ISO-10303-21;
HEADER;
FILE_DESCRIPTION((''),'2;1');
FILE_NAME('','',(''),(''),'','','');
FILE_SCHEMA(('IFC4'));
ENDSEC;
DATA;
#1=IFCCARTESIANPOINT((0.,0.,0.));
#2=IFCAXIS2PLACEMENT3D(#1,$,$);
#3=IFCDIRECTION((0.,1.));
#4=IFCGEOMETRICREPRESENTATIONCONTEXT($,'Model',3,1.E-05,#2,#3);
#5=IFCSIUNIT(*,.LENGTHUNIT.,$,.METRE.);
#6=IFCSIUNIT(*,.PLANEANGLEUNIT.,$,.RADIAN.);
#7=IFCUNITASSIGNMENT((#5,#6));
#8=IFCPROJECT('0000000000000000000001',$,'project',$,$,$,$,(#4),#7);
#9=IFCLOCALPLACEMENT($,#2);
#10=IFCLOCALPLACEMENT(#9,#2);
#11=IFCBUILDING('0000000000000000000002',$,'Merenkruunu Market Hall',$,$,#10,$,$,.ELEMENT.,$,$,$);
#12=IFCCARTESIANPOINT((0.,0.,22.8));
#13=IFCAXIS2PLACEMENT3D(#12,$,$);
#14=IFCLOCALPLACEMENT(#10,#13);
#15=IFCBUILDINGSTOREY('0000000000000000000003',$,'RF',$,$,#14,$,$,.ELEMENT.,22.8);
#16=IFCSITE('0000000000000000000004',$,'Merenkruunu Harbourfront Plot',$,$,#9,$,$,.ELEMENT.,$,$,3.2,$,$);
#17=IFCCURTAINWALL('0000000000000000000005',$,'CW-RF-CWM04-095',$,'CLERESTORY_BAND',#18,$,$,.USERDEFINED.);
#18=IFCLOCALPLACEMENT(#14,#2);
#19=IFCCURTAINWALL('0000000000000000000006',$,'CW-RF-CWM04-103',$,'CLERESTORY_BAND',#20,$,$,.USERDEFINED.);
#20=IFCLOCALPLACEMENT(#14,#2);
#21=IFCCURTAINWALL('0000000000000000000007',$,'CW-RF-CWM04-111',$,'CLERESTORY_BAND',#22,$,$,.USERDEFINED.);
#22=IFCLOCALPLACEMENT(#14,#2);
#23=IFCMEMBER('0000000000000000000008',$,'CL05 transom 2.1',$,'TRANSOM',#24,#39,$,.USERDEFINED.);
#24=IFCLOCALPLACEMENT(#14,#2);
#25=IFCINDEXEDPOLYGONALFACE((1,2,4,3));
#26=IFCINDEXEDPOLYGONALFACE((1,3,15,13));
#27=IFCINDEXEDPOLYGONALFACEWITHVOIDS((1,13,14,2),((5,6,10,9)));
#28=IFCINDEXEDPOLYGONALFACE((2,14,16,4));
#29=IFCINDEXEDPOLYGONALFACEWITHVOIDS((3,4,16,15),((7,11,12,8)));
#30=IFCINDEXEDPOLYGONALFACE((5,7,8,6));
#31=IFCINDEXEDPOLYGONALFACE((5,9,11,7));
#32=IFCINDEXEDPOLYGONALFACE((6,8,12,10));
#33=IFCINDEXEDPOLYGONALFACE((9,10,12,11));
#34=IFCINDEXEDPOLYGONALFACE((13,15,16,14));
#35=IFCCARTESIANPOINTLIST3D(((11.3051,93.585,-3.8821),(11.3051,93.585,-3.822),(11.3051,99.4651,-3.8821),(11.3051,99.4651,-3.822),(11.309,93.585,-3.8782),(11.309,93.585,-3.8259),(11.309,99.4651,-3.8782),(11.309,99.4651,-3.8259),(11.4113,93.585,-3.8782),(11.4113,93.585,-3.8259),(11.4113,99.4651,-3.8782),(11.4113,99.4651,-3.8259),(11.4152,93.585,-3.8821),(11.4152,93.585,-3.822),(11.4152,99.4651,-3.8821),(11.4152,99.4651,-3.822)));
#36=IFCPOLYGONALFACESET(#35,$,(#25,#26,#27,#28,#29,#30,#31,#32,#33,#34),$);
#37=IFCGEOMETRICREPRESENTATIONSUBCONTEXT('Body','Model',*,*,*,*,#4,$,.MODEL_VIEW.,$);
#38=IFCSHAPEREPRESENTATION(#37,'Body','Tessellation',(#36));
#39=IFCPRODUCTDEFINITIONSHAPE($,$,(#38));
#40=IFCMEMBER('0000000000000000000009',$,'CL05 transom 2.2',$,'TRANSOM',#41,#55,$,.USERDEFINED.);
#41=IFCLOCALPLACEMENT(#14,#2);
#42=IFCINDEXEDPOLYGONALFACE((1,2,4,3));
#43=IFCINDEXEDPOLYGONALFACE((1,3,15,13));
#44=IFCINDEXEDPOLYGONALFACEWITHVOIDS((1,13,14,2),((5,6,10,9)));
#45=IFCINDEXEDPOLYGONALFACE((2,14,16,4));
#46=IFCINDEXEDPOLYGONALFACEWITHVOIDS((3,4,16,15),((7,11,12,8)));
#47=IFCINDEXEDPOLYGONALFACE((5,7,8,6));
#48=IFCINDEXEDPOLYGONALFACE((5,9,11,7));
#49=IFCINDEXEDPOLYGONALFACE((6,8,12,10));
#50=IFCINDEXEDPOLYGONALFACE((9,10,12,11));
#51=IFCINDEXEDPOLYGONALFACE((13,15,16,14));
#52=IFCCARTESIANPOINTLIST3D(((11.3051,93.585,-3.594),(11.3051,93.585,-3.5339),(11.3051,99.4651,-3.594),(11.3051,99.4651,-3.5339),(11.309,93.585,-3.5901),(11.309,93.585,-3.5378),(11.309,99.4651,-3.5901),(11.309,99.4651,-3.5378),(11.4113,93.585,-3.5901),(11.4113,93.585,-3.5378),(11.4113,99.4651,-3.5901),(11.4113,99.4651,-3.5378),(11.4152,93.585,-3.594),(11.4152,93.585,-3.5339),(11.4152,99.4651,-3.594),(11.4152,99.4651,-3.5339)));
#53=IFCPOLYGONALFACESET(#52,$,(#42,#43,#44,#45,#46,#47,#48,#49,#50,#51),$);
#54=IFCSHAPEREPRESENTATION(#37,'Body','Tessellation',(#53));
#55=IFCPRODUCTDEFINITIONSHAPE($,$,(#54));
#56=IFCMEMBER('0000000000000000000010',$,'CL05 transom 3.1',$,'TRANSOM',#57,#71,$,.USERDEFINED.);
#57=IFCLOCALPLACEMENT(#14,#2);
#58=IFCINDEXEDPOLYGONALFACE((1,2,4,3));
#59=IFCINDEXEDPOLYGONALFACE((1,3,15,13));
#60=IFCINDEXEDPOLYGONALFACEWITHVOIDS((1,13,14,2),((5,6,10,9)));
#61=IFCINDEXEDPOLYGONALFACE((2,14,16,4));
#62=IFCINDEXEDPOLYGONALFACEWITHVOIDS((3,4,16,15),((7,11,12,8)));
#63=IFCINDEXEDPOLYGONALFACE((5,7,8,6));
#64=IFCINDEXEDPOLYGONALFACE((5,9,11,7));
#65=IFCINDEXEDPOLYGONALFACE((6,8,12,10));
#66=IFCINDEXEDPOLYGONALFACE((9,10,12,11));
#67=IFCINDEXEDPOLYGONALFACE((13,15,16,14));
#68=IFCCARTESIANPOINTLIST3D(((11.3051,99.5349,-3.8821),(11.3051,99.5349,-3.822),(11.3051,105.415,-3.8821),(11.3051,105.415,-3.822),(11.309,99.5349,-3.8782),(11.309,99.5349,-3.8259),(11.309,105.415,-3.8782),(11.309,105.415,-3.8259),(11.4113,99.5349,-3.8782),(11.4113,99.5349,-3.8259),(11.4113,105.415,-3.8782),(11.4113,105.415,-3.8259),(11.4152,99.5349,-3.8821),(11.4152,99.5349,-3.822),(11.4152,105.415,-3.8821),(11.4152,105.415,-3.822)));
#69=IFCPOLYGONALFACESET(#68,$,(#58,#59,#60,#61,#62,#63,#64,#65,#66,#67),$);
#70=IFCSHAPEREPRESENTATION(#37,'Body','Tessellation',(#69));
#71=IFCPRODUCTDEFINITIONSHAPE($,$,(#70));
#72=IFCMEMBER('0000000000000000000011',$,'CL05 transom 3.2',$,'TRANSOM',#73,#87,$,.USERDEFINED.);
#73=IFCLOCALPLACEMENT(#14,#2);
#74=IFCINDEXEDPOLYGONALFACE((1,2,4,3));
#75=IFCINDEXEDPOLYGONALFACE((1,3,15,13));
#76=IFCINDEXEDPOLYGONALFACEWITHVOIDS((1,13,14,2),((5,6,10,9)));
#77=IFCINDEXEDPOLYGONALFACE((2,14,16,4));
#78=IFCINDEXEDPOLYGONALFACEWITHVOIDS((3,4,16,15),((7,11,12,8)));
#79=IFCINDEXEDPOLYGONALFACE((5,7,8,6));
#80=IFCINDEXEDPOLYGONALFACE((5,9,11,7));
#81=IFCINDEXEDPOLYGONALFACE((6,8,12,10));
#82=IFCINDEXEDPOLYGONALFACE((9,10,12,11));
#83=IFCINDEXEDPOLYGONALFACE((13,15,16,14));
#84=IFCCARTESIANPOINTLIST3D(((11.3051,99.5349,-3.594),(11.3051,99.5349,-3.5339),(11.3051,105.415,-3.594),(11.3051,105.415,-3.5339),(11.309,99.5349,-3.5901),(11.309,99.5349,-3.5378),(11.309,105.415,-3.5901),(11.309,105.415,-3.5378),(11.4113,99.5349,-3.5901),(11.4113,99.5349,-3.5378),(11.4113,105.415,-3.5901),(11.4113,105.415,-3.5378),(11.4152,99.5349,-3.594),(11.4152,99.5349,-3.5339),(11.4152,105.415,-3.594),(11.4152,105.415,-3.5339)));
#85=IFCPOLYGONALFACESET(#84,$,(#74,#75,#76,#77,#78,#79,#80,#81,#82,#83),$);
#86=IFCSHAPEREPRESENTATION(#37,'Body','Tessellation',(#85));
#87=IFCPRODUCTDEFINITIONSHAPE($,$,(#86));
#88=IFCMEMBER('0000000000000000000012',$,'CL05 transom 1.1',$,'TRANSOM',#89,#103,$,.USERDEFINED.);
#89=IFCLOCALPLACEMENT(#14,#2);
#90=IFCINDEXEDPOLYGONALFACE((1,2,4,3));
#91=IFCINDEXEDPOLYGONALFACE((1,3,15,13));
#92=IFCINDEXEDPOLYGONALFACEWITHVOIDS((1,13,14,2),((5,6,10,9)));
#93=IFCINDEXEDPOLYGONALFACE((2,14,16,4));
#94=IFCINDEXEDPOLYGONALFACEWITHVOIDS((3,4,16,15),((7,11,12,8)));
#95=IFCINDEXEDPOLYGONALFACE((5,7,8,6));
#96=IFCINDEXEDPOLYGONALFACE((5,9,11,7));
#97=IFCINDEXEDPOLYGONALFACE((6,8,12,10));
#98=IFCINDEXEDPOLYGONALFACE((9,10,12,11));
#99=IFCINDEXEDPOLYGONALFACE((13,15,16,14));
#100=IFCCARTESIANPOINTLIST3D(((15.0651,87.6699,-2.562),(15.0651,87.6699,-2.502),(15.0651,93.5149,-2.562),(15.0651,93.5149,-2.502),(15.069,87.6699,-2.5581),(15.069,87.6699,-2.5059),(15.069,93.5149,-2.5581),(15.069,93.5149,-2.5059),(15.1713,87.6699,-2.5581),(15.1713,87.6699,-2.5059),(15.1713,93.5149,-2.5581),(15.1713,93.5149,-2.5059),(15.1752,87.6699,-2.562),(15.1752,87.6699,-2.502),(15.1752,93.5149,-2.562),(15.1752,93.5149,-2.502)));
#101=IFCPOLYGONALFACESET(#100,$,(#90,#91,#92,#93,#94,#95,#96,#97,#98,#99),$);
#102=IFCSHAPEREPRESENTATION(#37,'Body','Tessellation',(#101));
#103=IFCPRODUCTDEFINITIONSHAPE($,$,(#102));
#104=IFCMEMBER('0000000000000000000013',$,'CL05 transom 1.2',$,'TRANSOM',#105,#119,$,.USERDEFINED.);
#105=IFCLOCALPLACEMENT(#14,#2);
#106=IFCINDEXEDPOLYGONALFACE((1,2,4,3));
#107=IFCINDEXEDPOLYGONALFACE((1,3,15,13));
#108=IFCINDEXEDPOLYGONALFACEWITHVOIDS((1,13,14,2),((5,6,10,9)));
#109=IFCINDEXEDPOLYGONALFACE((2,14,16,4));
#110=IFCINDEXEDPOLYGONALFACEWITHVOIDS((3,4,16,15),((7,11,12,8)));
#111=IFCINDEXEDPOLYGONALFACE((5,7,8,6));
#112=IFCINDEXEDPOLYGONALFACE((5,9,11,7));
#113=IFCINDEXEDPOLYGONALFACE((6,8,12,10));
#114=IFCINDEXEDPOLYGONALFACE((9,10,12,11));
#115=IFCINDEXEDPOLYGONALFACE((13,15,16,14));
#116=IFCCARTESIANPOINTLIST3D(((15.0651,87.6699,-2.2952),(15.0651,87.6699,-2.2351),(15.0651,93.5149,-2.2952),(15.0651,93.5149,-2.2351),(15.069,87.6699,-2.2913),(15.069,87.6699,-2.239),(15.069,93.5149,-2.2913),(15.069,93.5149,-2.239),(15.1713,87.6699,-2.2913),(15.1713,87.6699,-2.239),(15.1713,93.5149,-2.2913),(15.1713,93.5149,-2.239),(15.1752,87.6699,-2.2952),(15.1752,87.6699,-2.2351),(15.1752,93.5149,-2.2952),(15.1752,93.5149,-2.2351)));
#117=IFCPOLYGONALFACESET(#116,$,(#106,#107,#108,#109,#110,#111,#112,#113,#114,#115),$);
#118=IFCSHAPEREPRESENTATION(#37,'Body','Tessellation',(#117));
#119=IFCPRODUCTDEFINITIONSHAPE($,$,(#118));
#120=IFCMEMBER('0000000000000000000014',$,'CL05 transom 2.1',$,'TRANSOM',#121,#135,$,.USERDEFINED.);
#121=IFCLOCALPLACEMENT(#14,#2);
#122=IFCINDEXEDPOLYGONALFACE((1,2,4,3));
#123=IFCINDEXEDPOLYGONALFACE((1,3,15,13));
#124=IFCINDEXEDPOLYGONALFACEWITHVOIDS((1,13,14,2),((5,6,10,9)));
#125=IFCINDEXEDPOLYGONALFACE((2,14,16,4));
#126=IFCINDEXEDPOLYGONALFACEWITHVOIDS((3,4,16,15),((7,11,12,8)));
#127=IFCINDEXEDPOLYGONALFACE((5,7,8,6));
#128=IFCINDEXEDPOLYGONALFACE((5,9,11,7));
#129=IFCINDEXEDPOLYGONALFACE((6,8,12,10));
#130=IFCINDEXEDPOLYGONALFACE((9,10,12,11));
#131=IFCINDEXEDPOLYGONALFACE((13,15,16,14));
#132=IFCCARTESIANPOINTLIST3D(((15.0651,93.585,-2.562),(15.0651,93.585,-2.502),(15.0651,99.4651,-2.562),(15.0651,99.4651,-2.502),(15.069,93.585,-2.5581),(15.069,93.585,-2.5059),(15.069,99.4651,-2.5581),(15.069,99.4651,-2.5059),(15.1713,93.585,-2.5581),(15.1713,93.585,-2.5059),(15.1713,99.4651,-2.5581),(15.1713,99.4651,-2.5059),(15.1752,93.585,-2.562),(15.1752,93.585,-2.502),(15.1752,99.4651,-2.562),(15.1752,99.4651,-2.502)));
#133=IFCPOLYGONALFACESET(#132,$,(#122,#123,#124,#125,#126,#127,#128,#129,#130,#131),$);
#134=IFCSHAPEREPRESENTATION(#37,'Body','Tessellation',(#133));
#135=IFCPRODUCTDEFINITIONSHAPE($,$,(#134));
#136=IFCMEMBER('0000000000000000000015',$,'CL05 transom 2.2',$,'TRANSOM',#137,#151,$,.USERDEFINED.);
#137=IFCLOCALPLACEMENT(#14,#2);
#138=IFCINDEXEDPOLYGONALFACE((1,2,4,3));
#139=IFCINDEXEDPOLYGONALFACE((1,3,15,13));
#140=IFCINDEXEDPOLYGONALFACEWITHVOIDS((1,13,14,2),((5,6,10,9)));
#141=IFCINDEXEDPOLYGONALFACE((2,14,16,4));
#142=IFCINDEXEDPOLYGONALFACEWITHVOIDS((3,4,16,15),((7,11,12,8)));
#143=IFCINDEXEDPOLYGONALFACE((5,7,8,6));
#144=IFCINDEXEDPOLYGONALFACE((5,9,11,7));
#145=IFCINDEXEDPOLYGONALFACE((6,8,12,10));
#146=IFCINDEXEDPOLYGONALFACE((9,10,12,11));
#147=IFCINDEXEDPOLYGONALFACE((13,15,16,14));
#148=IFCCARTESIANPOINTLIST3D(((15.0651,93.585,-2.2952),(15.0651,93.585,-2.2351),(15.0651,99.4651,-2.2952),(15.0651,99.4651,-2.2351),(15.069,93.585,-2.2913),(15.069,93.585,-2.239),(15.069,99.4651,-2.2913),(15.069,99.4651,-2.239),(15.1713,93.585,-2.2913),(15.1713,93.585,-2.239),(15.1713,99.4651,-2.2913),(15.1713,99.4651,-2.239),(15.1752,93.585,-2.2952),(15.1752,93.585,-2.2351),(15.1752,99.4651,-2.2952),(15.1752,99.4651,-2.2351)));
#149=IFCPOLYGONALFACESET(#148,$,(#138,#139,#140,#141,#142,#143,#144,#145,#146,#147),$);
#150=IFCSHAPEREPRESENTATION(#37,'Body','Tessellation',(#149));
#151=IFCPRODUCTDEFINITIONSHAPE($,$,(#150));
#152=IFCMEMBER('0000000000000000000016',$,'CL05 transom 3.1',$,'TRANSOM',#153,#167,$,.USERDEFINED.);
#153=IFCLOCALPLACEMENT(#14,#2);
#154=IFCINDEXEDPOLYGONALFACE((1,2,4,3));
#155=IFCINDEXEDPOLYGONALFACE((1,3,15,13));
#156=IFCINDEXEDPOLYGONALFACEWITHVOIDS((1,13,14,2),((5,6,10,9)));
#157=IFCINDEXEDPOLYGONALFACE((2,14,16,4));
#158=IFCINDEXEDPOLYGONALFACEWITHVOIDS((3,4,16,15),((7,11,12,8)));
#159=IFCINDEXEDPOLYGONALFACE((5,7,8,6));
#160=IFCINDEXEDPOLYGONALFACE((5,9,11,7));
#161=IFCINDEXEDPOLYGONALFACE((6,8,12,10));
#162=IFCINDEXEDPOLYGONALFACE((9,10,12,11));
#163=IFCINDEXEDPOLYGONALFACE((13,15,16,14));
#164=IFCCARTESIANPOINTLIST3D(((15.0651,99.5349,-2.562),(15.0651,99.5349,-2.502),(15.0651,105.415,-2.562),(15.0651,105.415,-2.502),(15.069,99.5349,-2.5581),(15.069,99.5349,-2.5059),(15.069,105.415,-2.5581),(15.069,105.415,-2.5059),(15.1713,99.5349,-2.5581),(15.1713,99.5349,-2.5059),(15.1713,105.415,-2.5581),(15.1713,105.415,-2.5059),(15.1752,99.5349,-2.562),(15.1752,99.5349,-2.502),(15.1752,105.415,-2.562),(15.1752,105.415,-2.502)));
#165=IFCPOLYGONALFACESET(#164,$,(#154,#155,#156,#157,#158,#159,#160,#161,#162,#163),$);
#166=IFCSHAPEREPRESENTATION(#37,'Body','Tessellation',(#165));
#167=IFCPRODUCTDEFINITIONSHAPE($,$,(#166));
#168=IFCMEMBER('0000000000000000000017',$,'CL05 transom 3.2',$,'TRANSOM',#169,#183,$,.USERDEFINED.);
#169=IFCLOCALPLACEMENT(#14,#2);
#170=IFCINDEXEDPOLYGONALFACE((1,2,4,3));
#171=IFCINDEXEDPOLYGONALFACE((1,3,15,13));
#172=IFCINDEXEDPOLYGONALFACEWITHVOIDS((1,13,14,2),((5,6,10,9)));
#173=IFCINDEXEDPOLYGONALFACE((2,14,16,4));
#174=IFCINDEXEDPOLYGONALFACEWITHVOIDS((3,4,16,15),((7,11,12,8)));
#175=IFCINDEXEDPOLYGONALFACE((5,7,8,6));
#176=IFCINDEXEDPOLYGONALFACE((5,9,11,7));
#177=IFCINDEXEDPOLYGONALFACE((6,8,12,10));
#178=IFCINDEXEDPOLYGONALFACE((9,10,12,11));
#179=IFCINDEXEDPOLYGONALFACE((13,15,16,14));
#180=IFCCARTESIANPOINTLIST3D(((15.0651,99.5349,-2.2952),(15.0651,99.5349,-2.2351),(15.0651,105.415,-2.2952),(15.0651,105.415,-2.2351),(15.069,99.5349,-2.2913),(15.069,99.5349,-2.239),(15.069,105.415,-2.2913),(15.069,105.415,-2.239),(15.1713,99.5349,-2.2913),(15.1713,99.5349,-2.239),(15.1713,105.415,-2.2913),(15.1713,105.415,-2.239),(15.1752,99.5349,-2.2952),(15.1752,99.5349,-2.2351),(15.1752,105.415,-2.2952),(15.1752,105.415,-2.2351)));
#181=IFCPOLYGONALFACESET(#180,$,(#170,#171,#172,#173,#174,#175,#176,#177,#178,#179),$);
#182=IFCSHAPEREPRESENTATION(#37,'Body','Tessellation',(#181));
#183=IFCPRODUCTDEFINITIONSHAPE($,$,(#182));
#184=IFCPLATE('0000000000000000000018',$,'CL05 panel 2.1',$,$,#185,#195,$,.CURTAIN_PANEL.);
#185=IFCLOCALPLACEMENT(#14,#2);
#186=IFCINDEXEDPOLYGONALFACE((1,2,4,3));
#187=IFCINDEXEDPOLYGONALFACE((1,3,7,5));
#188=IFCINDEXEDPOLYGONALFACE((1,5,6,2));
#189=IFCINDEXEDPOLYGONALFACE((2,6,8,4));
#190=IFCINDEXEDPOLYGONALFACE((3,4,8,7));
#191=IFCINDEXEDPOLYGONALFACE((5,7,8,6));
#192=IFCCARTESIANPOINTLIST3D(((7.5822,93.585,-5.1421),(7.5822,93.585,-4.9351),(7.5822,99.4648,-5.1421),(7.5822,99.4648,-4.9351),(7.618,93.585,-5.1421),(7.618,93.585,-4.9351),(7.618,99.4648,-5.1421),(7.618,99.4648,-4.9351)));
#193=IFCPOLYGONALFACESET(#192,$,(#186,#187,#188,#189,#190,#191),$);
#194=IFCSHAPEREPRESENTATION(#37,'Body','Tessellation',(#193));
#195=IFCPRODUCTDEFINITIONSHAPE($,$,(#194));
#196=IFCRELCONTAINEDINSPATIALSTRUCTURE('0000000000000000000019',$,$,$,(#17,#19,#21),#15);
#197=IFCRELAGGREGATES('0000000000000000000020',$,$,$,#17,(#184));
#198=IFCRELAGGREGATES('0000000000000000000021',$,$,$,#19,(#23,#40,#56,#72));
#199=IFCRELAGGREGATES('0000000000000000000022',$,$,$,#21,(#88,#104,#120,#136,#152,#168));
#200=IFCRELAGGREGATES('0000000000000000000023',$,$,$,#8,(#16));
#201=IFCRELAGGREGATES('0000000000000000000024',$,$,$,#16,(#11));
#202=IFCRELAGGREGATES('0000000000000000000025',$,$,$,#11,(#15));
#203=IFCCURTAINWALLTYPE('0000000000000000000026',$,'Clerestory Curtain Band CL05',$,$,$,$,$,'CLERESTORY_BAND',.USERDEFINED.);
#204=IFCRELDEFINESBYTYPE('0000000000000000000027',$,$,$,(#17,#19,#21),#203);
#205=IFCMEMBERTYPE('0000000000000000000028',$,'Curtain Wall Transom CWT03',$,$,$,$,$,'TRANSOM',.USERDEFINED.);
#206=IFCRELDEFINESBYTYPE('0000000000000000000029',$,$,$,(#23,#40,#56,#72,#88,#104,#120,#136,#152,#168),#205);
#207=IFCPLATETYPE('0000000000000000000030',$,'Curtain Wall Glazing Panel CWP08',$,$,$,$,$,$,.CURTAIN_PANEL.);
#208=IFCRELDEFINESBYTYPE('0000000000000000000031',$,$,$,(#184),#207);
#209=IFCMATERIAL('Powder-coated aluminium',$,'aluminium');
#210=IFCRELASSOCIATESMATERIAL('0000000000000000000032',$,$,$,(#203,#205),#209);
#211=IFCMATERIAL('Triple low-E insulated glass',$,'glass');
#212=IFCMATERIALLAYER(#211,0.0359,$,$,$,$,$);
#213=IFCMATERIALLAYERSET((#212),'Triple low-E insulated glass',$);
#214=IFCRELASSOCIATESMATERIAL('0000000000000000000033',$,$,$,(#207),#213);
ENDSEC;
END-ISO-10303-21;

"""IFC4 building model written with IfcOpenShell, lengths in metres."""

from ifc_helpers import new_model, si_unit, direction, frame, origin, origin_2d, place, context, subcontext, project, spatial, rectangle, hollow_rectangle, extrude, material, layer, layer_set, material_profile, profile_set, type_object, element, aggregate, save


model = new_model("IFC4")

# Units and contexts
model_context = context("Model", 3, precision=1e-05, world=origin(), true_north=direction((0.0, 1.0)))
body_context = subcontext(model_context, "Body", "Model", "MODEL_VIEW")
ifc_project = project(units=[si_unit("LENGTHUNIT", "METRE"), si_unit("PLANEANGLEUNIT", "RADIAN")], contexts=[model_context])

# Site, building, storey
site_placement = place(None, origin())
site = spatial("IfcSite", under=ifc_project, at=site_placement, Name="Merenkruunu Harbourfront Plot", CompositionType="ELEMENT", RefElevation=3.2)
building_placement = place(site_placement, origin())
building = spatial("IfcBuilding", under=site, at=building_placement, Name="Merenkruunu Market Hall", CompositionType="ELEMENT")
storey_placement = place(building_placement, frame((0.0, 0.0, 22.8)))
storey = spatial("IfcBuildingStorey", under=building, at=storey_placement, Name="RF", CompositionType="ELEMENT", Elevation=22.8)

# Curtain wall
ifc_material_1 = material(Name="Powder-coated aluminium", Category="aluminium")
curtain_wall_type = type_object("IfcCurtainWallType", Name="Clerestory Curtain Band CL05", ElementType="CLERESTORY_BAND", PredefinedType="USERDEFINED", material=ifc_material_1)
curtain_wall_1_placement = place(storey_placement, origin())
curtain_wall_1 = element("IfcCurtainWall", 1, at=curtain_wall_1_placement, inside=storey, type_object=curtain_wall_type, Name="CW-RF-CWM04-095", ObjectType="CLERESTORY_BAND", PredefinedType="USERDEFINED")

# Curtain walls
curtain_wall_2_placement = place(storey_placement, origin())
curtain_wall_2 = element("IfcCurtainWall", 2, at=curtain_wall_2_placement, inside=storey, type_object=curtain_wall_type, Name="CW-RF-CWM04-103", ObjectType="CLERESTORY_BAND", PredefinedType="USERDEFINED")
curtain_wall_3_placement = place(storey_placement, origin())
curtain_wall_3 = element("IfcCurtainWall", 3, at=curtain_wall_3_placement, inside=storey, type_object=curtain_wall_type, Name="CW-RF-CWM04-111", ObjectType="CLERESTORY_BAND", PredefinedType="USERDEFINED")

# Members
ifc_material_profile_1 = material_profile(ifc_material_1, hollow_rectangle(XDim=0.0601, YDim=0.1101, WallThickness=0.0039, at=origin_2d()), Name="ALU 60x110x4")
ifc_profile_set_1 = profile_set([ifc_material_profile_1], Name="Powder-coated aluminium")
member_type_1 = type_object("IfcMemberType", Name="Curtain Wall Transom CWT03", ElementType="TRANSOM", PredefinedType="USERDEFINED", material=ifc_profile_set_1)
member_1_placement = place(storey_placement, frame((11.3601, 93.585, -3.8521), z_axis=(0.0, 1.0, 0.0), x_axis=(0.0, 0.0, 1.0)))
member_1 = element("IfcMember", 4, at=member_1_placement, type_object=member_type_1, Name="CL05 transom 2.1", ObjectType="TRANSOM", PredefinedType="USERDEFINED", context=body_context, shape_type="SweptSolid", body=[
    extrude(hollow_rectangle(XDim=0.0601, YDim=0.1101, WallThickness=0.0039, at=origin_2d()), origin(), (0.0, 0.0, 1.0), 5.8801),
])
member_2_placement = place(storey_placement, frame((11.3601, 93.585, -3.564), z_axis=(0.0, 1.0, 0.0), x_axis=(0.0, 0.0, 1.0)))
member_2 = element("IfcMember", 5, at=member_2_placement, type_object=member_type_1, Name="CL05 transom 2.2", ObjectType="TRANSOM", PredefinedType="USERDEFINED", context=body_context, shape_type="SweptSolid", body=[
    extrude(hollow_rectangle(XDim=0.0601, YDim=0.1101, WallThickness=0.0039, at=origin_2d()), origin(), (0.0, 0.0, 1.0), 5.8801),
])
member_3_placement = place(storey_placement, frame((11.3601, 99.5349, -3.8521), z_axis=(0.0, 1.0, 0.0), x_axis=(0.0, 0.0, 1.0)))
member_3 = element("IfcMember", 6, at=member_3_placement, type_object=member_type_1, Name="CL05 transom 3.1", ObjectType="TRANSOM", PredefinedType="USERDEFINED", context=body_context, shape_type="SweptSolid", body=[
    extrude(hollow_rectangle(XDim=0.0601, YDim=0.1101, WallThickness=0.0039, at=origin_2d()), origin(), (0.0, 0.0, 1.0), 5.8801),
])
member_4_placement = place(storey_placement, frame((11.3601, 99.5349, -3.564), z_axis=(0.0, 1.0, 0.0), x_axis=(0.0, 0.0, 1.0)))
member_4 = element("IfcMember", 7, at=member_4_placement, type_object=member_type_1, Name="CL05 transom 3.2", ObjectType="TRANSOM", PredefinedType="USERDEFINED", context=body_context, shape_type="SweptSolid", body=[
    extrude(hollow_rectangle(XDim=0.0601, YDim=0.1101, WallThickness=0.0039, at=origin_2d()), origin(), (0.0, 0.0, 1.0), 5.8801),
])
member_5_placement = place(storey_placement, frame((15.1201, 87.6699, -2.532), z_axis=(0.0, 1.0, 0.0), x_axis=(0.0, 0.0, 1.0)))
member_5 = element("IfcMember", 8, at=member_5_placement, type_object=member_type_1, Name="CL05 transom 1.1", ObjectType="TRANSOM", PredefinedType="USERDEFINED", context=body_context, shape_type="SweptSolid", body=[
    extrude(hollow_rectangle(XDim=0.0601, YDim=0.1101, WallThickness=0.0039, at=origin_2d()), origin(), (0.0, 0.0, 1.0), 5.845),
])
member_6_placement = place(storey_placement, frame((15.1201, 87.6699, -2.2651), z_axis=(0.0, 1.0, 0.0), x_axis=(0.0, 0.0, 1.0)))
member_6 = element("IfcMember", 9, at=member_6_placement, type_object=member_type_1, Name="CL05 transom 1.2", ObjectType="TRANSOM", PredefinedType="USERDEFINED", context=body_context, shape_type="SweptSolid", body=[
    extrude(hollow_rectangle(XDim=0.0601, YDim=0.1101, WallThickness=0.0039, at=origin_2d()), origin(), (0.0, 0.0, 1.0), 5.845),
])
member_7_placement = place(storey_placement, frame((15.1201, 93.585, -2.532), z_axis=(0.0, 1.0, 0.0), x_axis=(0.0, 0.0, 1.0)))
member_7 = element("IfcMember", 10, at=member_7_placement, type_object=member_type_1, Name="CL05 transom 2.1", ObjectType="TRANSOM", PredefinedType="USERDEFINED", context=body_context, shape_type="SweptSolid", body=[
    extrude(hollow_rectangle(XDim=0.0601, YDim=0.1101, WallThickness=0.0039, at=origin_2d()), origin(), (0.0, 0.0, 1.0), 5.8801),
])
member_8_placement = place(storey_placement, frame((15.1201, 93.585, -2.2651), z_axis=(0.0, 1.0, 0.0), x_axis=(0.0, 0.0, 1.0)))
member_8 = element("IfcMember", 11, at=member_8_placement, type_object=member_type_1, Name="CL05 transom 2.2", ObjectType="TRANSOM", PredefinedType="USERDEFINED", context=body_context, shape_type="SweptSolid", body=[
    extrude(hollow_rectangle(XDim=0.0601, YDim=0.1101, WallThickness=0.0039, at=origin_2d()), origin(), (0.0, 0.0, 1.0), 5.8801),
])
member_9_placement = place(storey_placement, frame((15.1201, 99.5349, -2.532), z_axis=(0.0, 1.0, 0.0), x_axis=(0.0, 0.0, 1.0)))
member_9 = element("IfcMember", 12, at=member_9_placement, type_object=member_type_1, Name="CL05 transom 3.1", ObjectType="TRANSOM", PredefinedType="USERDEFINED", context=body_context, shape_type="SweptSolid", body=[
    extrude(hollow_rectangle(XDim=0.0601, YDim=0.1101, WallThickness=0.0039, at=origin_2d()), origin(), (0.0, 0.0, 1.0), 5.8801),
])
member_10_placement = place(storey_placement, frame((15.1201, 99.5349, -2.2651), z_axis=(0.0, 1.0, 0.0), x_axis=(0.0, 0.0, 1.0)))
member_10 = element("IfcMember", 13, at=member_10_placement, type_object=member_type_1, Name="CL05 transom 3.2", ObjectType="TRANSOM", PredefinedType="USERDEFINED", context=body_context, shape_type="SweptSolid", body=[
    extrude(hollow_rectangle(XDim=0.0601, YDim=0.1101, WallThickness=0.0039, at=origin_2d()), origin(), (0.0, 0.0, 1.0), 5.8801),
])

# Plate
ifc_material_2 = material(Name="Triple low-E insulated glass", Category="glass")
ifc_layer_1 = layer(ifc_material_2, 0.0359)
ifc_layer_set_1 = layer_set([ifc_layer_1], Name="Triple low-E insulated glass")
plate_type = type_object("IfcPlateType", Name="Curtain Wall Glazing Panel CWP08", PredefinedType="CURTAIN_PANEL", material=ifc_layer_set_1)
plate_1_placement = place(storey_placement, frame((7.6001, 96.5249, -5.1421), z_axis=(0.0, 0.0, 1.0), x_axis=(0.0, 1.0, 0.0)))
plate_1 = element("IfcPlate", 14, at=plate_1_placement, type_object=plate_type, Name="CL05 panel 2.1", PredefinedType="CURTAIN_PANEL", context=body_context, shape_type="SweptSolid", body=[
    extrude(rectangle(XDim=5.8799, YDim=0.0359, at=origin_2d()), origin(), (0.0, 0.0, 1.0), 0.207),
])
aggregate(curtain_wall_1, [plate_1])
aggregate(curtain_wall_2, [member_1, member_2, member_3, member_4])
aggregate(curtain_wall_3, [member_5, member_6, member_7, member_8, member_9, member_10])

save(model, "model.ifc")
